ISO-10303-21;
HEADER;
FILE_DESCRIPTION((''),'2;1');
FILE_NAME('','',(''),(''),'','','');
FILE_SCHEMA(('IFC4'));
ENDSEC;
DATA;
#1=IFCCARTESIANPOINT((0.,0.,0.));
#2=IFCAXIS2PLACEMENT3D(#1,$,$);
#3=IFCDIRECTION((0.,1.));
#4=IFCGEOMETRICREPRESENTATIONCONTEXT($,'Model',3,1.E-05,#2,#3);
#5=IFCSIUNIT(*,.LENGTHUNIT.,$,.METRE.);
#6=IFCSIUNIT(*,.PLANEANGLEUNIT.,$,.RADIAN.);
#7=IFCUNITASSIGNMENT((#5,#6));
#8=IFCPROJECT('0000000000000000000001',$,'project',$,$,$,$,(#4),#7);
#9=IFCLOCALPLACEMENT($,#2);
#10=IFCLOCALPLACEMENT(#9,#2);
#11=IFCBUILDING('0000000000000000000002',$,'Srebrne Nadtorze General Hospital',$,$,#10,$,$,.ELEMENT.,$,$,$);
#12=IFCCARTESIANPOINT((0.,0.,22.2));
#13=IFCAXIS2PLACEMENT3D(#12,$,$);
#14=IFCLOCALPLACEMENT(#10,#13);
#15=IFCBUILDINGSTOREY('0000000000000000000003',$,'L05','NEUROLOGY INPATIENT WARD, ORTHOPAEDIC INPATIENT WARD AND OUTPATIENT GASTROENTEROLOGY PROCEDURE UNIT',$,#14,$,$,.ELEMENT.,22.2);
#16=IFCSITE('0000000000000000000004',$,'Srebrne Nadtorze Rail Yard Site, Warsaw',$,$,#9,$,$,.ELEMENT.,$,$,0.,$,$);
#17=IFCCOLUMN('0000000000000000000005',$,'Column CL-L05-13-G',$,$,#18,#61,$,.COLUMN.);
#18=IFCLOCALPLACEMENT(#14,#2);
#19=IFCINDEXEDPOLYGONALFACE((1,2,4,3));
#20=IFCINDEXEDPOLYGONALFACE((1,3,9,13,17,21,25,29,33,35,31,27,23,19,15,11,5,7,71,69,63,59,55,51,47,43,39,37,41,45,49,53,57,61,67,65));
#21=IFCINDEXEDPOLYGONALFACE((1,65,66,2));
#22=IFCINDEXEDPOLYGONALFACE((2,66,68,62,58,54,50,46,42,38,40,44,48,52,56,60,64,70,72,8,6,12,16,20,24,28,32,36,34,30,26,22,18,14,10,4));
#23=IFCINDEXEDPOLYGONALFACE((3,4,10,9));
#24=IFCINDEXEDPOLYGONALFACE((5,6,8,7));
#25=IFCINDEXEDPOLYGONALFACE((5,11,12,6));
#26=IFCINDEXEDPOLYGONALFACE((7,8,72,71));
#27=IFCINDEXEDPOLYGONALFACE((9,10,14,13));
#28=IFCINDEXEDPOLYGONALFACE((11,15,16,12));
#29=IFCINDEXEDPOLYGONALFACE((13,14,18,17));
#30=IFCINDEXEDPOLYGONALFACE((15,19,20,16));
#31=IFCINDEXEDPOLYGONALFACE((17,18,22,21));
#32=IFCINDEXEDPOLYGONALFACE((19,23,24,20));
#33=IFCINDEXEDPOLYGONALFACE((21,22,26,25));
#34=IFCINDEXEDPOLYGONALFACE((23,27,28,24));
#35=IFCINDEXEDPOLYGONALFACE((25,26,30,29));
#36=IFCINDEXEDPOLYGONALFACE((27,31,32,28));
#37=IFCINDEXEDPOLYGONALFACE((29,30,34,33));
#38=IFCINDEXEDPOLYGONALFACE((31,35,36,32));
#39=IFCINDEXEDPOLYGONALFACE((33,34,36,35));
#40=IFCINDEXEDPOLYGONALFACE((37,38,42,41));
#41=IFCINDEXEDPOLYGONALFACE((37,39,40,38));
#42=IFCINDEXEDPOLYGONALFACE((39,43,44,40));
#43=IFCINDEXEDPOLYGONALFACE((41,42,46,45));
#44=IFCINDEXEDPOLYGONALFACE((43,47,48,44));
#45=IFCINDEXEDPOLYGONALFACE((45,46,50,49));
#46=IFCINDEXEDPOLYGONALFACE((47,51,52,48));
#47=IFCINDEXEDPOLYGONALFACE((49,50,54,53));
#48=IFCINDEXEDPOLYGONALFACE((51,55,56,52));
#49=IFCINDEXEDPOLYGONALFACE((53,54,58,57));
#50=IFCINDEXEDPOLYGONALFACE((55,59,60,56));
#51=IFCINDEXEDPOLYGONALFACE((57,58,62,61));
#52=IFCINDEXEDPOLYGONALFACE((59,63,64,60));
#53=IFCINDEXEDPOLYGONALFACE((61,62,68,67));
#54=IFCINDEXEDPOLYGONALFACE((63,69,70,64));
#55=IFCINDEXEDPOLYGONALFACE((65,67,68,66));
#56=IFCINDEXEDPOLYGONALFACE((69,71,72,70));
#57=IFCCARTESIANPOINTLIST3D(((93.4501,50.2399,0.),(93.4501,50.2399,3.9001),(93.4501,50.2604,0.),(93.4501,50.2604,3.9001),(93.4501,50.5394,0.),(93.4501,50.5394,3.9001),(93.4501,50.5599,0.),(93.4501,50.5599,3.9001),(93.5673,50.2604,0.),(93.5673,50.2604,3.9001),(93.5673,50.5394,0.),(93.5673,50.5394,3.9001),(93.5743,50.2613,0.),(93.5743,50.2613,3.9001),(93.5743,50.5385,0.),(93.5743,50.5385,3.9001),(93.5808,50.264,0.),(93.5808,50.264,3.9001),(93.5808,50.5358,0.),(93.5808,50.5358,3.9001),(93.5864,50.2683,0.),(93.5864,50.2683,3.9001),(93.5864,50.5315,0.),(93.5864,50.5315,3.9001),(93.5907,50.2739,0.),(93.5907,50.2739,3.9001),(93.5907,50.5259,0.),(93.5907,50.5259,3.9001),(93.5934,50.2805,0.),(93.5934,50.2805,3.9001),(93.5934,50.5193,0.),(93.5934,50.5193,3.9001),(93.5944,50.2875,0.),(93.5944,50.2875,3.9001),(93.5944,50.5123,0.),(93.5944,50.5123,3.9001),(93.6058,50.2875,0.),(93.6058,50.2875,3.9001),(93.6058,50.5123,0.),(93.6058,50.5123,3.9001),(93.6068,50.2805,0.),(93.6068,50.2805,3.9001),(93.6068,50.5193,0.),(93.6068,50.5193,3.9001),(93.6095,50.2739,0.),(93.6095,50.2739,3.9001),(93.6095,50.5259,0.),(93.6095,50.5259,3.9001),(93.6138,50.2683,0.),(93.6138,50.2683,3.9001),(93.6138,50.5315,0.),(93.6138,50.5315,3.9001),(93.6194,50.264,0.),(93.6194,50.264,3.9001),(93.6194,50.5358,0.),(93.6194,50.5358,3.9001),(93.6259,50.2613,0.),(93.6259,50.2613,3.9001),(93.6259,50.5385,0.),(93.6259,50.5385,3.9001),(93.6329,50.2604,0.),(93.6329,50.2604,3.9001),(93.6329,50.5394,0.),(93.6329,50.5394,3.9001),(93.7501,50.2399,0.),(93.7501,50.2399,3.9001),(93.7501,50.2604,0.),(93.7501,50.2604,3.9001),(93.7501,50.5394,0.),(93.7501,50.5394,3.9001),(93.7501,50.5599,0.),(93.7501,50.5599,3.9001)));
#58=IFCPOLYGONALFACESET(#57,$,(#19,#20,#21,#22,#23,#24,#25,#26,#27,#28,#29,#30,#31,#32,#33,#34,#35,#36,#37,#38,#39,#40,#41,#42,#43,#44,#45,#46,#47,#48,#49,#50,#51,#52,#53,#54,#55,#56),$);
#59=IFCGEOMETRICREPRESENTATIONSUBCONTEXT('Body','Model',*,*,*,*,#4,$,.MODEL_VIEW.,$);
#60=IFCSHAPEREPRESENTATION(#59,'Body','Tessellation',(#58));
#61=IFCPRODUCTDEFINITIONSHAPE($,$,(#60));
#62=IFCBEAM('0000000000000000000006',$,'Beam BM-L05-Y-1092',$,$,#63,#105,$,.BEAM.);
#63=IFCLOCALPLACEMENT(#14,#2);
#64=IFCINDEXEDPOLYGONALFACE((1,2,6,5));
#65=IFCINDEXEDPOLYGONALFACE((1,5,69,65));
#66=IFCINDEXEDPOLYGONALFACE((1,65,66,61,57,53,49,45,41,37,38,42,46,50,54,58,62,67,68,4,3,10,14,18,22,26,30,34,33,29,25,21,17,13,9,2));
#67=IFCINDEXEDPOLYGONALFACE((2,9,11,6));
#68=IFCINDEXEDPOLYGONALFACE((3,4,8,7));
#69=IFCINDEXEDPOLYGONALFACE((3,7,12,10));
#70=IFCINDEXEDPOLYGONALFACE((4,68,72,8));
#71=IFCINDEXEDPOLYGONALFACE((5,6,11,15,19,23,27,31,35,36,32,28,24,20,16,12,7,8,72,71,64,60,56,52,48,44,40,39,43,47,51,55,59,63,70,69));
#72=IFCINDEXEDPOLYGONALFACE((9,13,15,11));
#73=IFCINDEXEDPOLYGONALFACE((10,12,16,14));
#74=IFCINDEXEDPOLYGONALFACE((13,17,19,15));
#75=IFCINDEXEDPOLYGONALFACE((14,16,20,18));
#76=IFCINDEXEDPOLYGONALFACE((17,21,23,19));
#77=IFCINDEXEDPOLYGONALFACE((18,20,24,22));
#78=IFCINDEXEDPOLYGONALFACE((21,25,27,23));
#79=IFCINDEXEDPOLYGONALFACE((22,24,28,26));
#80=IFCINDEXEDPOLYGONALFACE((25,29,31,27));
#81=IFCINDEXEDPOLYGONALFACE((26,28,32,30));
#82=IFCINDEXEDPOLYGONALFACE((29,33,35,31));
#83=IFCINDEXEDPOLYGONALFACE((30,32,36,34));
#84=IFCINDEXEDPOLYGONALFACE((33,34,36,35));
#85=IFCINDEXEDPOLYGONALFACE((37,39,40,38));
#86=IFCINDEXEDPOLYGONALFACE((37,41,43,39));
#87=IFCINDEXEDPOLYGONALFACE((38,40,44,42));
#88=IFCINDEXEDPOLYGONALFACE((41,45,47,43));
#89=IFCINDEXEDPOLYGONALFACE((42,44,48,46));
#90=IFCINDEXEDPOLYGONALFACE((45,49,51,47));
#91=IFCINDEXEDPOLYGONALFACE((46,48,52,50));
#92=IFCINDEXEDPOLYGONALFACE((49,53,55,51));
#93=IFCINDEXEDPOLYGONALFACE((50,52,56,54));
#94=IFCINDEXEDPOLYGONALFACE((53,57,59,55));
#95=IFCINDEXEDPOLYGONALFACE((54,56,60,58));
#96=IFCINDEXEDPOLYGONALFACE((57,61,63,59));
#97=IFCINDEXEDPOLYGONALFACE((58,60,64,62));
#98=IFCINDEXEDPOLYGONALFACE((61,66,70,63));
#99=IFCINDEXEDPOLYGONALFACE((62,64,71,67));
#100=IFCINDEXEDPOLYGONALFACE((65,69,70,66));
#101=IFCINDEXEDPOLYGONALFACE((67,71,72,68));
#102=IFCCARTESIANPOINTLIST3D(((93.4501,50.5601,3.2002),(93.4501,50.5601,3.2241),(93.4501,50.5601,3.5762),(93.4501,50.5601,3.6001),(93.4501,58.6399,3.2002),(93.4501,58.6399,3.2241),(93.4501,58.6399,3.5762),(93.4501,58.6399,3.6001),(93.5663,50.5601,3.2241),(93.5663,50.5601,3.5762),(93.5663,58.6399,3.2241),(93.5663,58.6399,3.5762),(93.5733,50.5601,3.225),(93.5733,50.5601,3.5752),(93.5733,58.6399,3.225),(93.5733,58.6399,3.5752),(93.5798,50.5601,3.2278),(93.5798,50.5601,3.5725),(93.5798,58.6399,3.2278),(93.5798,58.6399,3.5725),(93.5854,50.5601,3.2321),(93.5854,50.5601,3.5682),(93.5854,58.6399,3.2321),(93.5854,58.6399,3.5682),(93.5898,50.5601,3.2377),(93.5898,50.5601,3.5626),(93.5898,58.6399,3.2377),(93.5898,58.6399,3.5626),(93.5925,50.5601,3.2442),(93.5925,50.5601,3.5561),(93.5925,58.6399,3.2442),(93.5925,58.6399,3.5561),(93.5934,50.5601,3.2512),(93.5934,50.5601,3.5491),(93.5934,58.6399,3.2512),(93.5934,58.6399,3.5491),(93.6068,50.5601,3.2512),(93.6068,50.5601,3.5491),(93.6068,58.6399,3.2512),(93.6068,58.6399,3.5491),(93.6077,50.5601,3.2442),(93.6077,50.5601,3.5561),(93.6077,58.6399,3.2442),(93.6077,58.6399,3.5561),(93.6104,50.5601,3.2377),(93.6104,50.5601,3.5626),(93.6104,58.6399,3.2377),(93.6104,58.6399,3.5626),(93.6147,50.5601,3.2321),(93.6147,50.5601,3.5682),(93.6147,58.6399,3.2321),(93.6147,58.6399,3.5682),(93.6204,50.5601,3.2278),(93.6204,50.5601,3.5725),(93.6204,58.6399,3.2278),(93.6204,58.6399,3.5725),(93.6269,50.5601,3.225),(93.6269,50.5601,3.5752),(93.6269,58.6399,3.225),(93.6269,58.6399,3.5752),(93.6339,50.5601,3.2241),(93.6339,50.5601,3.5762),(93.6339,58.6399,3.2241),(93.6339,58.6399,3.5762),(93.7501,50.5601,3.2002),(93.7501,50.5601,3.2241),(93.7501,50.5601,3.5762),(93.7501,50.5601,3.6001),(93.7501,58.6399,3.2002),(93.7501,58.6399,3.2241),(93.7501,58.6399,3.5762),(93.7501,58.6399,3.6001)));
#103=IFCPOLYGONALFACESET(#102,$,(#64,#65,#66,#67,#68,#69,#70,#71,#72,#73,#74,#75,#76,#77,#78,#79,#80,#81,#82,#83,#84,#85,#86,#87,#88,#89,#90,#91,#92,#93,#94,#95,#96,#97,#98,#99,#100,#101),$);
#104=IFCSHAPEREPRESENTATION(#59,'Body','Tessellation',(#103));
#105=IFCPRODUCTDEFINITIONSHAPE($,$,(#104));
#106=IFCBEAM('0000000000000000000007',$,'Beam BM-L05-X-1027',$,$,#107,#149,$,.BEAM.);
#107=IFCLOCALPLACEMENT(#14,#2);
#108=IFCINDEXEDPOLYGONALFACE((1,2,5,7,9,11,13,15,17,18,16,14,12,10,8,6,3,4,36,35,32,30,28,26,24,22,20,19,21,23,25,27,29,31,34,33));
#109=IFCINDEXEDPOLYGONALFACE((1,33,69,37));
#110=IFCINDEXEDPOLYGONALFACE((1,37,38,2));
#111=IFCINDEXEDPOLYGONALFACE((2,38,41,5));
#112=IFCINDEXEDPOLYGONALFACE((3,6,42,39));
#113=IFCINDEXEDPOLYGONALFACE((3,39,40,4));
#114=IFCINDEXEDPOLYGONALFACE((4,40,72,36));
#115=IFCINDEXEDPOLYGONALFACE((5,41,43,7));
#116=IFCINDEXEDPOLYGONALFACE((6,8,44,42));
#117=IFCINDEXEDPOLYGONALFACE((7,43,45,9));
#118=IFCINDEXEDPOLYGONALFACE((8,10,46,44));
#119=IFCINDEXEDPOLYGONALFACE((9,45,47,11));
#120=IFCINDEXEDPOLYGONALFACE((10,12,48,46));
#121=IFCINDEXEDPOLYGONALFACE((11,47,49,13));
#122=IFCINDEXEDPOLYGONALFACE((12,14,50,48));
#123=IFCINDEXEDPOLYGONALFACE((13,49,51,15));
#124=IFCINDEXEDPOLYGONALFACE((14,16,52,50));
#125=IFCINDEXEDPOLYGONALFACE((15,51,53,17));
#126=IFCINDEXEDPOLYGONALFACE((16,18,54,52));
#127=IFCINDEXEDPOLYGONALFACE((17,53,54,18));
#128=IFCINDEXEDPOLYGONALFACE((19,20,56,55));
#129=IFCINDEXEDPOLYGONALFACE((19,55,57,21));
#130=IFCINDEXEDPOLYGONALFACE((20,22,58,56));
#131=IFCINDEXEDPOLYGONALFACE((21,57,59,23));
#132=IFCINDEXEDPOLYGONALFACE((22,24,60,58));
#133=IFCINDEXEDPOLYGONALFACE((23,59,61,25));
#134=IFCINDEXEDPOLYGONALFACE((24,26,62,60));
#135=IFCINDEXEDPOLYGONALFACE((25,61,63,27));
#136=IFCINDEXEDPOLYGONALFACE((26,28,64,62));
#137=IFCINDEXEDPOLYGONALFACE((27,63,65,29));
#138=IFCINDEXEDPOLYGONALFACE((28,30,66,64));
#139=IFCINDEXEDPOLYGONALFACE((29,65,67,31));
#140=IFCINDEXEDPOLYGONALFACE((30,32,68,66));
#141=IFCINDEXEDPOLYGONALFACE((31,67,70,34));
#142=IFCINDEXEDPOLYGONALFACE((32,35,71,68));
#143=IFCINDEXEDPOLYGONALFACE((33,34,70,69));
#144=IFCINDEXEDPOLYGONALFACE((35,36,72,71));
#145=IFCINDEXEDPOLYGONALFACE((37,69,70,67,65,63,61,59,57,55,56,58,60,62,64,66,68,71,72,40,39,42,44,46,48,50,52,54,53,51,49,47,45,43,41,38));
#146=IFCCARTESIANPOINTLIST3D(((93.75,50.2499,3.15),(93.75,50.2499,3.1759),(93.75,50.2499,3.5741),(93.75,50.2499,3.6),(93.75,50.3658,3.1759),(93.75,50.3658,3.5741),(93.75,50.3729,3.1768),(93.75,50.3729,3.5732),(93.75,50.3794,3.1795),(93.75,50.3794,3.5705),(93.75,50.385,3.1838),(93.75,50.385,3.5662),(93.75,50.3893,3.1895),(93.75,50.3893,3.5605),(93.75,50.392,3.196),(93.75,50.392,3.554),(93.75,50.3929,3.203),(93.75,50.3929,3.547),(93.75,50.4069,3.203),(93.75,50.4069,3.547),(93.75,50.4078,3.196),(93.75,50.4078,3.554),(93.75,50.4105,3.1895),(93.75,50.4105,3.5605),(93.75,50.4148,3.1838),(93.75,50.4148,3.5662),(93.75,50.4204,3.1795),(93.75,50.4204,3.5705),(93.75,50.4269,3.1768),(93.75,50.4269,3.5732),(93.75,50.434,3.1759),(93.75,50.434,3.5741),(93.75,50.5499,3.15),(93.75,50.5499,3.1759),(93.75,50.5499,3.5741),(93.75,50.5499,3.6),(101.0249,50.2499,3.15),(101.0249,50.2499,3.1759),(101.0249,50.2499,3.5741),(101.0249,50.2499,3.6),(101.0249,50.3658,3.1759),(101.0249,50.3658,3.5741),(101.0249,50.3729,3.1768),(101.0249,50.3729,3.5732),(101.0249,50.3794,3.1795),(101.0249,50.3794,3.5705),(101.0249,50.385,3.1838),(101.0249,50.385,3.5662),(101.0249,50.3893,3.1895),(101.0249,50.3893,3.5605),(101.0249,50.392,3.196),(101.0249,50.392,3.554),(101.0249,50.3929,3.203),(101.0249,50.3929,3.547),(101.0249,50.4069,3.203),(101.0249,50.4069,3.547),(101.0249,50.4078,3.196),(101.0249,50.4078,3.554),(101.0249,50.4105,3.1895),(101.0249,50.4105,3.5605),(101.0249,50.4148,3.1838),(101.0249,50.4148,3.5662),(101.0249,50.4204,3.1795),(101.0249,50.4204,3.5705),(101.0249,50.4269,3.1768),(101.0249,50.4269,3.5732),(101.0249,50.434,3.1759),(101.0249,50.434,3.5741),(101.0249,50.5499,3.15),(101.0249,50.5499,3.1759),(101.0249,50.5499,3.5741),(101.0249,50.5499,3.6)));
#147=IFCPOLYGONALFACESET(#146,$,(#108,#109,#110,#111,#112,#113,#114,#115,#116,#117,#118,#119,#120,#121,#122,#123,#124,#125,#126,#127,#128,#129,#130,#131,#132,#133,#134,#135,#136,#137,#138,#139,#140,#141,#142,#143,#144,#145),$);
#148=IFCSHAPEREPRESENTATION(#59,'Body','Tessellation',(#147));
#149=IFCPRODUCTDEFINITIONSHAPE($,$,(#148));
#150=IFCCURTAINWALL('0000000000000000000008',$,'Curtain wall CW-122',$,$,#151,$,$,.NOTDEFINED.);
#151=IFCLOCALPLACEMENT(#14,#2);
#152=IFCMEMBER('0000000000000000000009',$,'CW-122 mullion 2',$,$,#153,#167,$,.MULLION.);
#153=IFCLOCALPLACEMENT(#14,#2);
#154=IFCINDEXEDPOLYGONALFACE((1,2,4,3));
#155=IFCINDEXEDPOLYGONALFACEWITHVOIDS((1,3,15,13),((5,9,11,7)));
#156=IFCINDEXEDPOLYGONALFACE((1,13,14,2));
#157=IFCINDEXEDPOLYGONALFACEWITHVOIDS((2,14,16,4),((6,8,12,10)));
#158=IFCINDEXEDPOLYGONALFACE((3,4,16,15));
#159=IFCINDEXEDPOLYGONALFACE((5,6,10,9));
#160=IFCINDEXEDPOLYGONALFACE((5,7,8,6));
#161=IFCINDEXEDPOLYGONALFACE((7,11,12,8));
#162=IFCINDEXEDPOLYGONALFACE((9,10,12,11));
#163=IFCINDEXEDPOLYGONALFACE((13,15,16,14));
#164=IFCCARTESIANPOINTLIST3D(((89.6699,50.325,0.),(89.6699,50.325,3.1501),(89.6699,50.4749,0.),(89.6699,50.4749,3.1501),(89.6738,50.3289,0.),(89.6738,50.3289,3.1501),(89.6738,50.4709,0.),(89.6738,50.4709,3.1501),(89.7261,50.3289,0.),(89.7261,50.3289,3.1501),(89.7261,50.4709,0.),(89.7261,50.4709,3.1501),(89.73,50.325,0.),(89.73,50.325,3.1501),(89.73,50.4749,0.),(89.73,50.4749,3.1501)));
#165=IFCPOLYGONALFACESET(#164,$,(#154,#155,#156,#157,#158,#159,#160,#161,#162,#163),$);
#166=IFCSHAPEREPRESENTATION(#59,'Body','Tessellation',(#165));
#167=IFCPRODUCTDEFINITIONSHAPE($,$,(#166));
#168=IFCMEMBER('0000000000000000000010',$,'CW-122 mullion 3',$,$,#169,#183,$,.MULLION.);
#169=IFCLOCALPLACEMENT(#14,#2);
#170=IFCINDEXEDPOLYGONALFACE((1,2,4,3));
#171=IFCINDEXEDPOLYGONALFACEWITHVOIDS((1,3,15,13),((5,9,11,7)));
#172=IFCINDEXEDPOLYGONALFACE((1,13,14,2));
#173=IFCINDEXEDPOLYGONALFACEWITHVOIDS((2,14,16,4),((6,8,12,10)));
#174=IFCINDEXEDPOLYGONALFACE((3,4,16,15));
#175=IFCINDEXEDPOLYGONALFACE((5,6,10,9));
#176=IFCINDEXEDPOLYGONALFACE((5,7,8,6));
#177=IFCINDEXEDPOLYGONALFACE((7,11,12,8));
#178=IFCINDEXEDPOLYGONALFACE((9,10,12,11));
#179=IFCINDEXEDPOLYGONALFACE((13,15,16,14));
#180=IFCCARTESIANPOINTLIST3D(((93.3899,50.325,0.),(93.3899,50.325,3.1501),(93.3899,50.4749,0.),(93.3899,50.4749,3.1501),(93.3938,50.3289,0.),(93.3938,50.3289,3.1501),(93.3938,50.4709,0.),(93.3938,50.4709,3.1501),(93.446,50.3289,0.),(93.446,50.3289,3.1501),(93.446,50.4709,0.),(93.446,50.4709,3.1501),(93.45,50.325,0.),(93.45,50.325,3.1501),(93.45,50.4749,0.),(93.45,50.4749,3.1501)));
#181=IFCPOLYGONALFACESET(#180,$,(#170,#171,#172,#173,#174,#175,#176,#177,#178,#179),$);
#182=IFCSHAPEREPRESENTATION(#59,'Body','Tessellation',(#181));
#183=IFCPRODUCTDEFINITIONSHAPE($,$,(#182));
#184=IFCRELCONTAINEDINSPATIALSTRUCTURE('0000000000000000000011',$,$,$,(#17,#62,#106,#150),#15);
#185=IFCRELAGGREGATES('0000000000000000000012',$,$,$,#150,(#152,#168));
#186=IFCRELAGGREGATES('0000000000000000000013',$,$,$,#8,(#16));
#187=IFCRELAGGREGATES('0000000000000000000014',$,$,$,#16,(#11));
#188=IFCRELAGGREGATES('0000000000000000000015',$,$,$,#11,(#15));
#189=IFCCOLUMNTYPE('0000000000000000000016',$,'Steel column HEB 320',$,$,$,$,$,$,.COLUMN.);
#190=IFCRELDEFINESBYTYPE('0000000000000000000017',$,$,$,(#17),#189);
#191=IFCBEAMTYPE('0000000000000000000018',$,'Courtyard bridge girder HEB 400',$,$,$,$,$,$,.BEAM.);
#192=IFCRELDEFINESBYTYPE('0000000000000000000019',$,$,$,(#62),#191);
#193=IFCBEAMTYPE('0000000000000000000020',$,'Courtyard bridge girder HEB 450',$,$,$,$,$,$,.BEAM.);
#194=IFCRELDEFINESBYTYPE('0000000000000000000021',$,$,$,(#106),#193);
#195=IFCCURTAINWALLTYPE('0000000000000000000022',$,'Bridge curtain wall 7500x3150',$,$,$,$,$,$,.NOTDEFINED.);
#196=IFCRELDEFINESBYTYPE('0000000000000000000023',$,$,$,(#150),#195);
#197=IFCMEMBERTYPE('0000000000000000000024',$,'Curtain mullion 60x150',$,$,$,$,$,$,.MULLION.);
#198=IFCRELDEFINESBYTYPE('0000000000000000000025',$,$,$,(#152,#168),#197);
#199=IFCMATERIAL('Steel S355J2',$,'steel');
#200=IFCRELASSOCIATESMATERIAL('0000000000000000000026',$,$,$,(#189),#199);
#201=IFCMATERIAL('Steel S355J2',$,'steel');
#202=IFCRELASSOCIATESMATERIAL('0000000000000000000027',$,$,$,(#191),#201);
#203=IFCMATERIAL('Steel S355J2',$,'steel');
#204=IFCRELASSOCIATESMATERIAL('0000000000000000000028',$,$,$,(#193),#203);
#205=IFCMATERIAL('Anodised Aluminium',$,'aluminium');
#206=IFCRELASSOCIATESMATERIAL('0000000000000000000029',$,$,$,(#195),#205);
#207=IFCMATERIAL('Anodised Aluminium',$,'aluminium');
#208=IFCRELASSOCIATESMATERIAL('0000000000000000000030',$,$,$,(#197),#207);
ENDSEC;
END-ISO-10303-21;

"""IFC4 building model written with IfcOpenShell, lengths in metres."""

from ifc_helpers import new_model, si_unit, direction, frame, origin, origin_2d, place, context, subcontext, project, spatial, hollow_rectangle, i_section, extrude, material, material_profile, profile_set, type_object, element, aggregate, save


model = new_model("IFC4")

# Units and contexts
model_context = context("Model", 3, precision=1e-05, world=origin(), true_north=direction((0.0, 1.0)))
body_context = subcontext(model_context, "Body", "Model", "MODEL_VIEW")
ifc_project = project(units=[si_unit("LENGTHUNIT", "METRE"), si_unit("PLANEANGLEUNIT", "RADIAN")], contexts=[model_context])

# Site, building, storey
site_placement = place(None, origin())
site = spatial("IfcSite", under=ifc_project, at=site_placement, Name="Srebrne Nadtorze Rail Yard Site, Warsaw", CompositionType="ELEMENT", RefElevation=0.0)
building_placement = place(site_placement, origin())
building = spatial("IfcBuilding", under=site, at=building_placement, Name="Srebrne Nadtorze General Hospital", CompositionType="ELEMENT")
storey_placement = place(building_placement, frame((0.0, 0.0, 22.2)))
storey = spatial("IfcBuildingStorey", under=building, at=storey_placement, Name="L05", Description="NEUROLOGY INPATIENT WARD, ORTHOPAEDIC INPATIENT WARD AND OUTPATIENT GASTROENTEROLOGY PROCEDURE UNIT", CompositionType="ELEMENT", Elevation=22.2)

# Column
ifc_material_1 = material(Name="Steel S355J2", Category="steel")
ifc_material_profile_1 = material_profile(ifc_material_1, i_section(OverallWidth=0.3, OverallDepth=0.3201, WebThickness=0.0115, FlangeThickness=0.0205, FilletRadius=0.0271, at=origin_2d()), Name="HEB-320")
ifc_profile_set_1 = profile_set([ifc_material_profile_1], Name="Steel S355J2")
column_type = type_object("IfcColumnType", Name="Steel column HEB 320", PredefinedType="COLUMN", material=ifc_profile_set_1)
column_placement = place(storey_placement, frame((93.6001, 50.3999, 0.0), z_axis=(0.0, 0.0, 1.0), x_axis=(1.0, 0.0, 0.0)))
element("IfcColumn", 1, at=column_placement, inside=storey, type_object=column_type, Name="Column CL-L05-13-G", PredefinedType="COLUMN", context=body_context, shape_type="SweptSolid", body=[
    extrude(i_section(OverallWidth=0.3, OverallDepth=0.3201, WebThickness=0.0115, FlangeThickness=0.0205, FilletRadius=0.0271, at=origin_2d()), origin(), (0.0, 0.0, 1.0), 3.9001),
])

# Beams
ifc_material_2 = material(Name="Steel S355J2", Category="steel")
ifc_material_profile_2 = material_profile(ifc_material_2, i_section(OverallWidth=0.3, OverallDepth=0.3999, WebThickness=0.0134, FlangeThickness=0.0239, FilletRadius=0.0271, at=origin_2d()), Name="HEB-400")
ifc_profile_set_2 = profile_set([ifc_material_profile_2], Name="Steel S355J2")
beam_type_1 = type_object("IfcBeamType", Name="Courtyard bridge girder HEB 400", PredefinedType="BEAM", material=ifc_profile_set_2)
beam_1_placement = place(storey_placement, frame((93.6001, 50.5601, 3.4001), z_axis=(0.0, 1.0, 0.0), x_axis=(-1.0, 0.0, 0.0)))
element("IfcBeam", 2, at=beam_1_placement, inside=storey, type_object=beam_type_1, Name="Beam BM-L05-Y-1092", PredefinedType="BEAM", context=body_context, shape_type="SweptSolid", body=[
    extrude(i_section(OverallWidth=0.3, OverallDepth=0.3999, WebThickness=0.0134, FlangeThickness=0.0239, FilletRadius=0.0271, at=origin_2d()), origin(), (0.0, 0.0, 1.0), 8.0798),
])
ifc_material_3 = material(Name="Steel S355J2", Category="steel")
ifc_material_profile_3 = material_profile(ifc_material_3, i_section(OverallWidth=0.3, OverallDepth=0.45, WebThickness=0.0139, FlangeThickness=0.0259, FilletRadius=0.0271, at=origin_2d()), Name="HEB-450")
ifc_profile_set_3 = profile_set([ifc_material_profile_3], Name="Steel S355J2")
beam_type_2 = type_object("IfcBeamType", Name="Courtyard bridge girder HEB 450", PredefinedType="BEAM", material=ifc_profile_set_3)
beam_2_placement = place(storey_placement, frame((93.75, 50.3999, 3.375), z_axis=(1.0, 0.0, 0.0), x_axis=(0.0, 1.0, 0.0)))
element("IfcBeam", 3, at=beam_2_placement, inside=storey, type_object=beam_type_2, Name="Beam BM-L05-X-1027", PredefinedType="BEAM", context=body_context, shape_type="SweptSolid", body=[
    extrude(i_section(OverallWidth=0.3, OverallDepth=0.45, WebThickness=0.0139, FlangeThickness=0.0259, FilletRadius=0.0271, at=origin_2d()), origin(), (0.0, 0.0, 1.0), 7.2749),
])

# Curtain wall, members
ifc_material_4 = material(Name="Anodised Aluminium", Category="aluminium")
curtain_wall_type_1 = type_object("IfcCurtainWallType", Name="Bridge curtain wall 7500x3150", PredefinedType="NOTDEFINED", material=ifc_material_4)
curtain_wall_1_placement = place(storey_placement, origin())
curtain_wall_1 = element("IfcCurtainWall", 4, at=curtain_wall_1_placement, inside=storey, type_object=curtain_wall_type_1, Name="Curtain wall CW-122", PredefinedType="NOTDEFINED")
ifc_material_5 = material(Name="Anodised Aluminium", Category="aluminium")
ifc_material_profile_4 = material_profile(ifc_material_5, hollow_rectangle(XDim=0.0601, YDim=0.1499, WallThickness=0.0039, at=origin_2d()), Name="AL-MUL-60x150")
ifc_profile_set_4 = profile_set([ifc_material_profile_4], Name="Anodised Aluminium")
member_type_1 = type_object("IfcMemberType", Name="Curtain mullion 60x150", PredefinedType="MULLION", material=ifc_profile_set_4)
member_1_placement = place(storey_placement, frame((89.7, 50.3999, 0.0), z_axis=(0.0, 0.0, 1.0), x_axis=(1.0, 0.0, 0.0)))
member_1 = element("IfcMember", 5, at=member_1_placement, type_object=member_type_1, Name="CW-122 mullion 2", PredefinedType="MULLION", context=body_context, shape_type="SweptSolid", body=[
    extrude(hollow_rectangle(XDim=0.0601, YDim=0.1499, WallThickness=0.0039, at=origin_2d()), origin(), (0.0, 0.0, 1.0), 3.1501),
])
member_2_placement = place(storey_placement, frame((93.4199, 50.3999, 0.0), z_axis=(0.0, 0.0, 1.0), x_axis=(1.0, 0.0, 0.0)))
member_2 = element("IfcMember", 6, at=member_2_placement, type_object=member_type_1, Name="CW-122 mullion 3", PredefinedType="MULLION", context=body_context, shape_type="SweptSolid", body=[
    extrude(hollow_rectangle(XDim=0.0601, YDim=0.1499, WallThickness=0.0039, at=origin_2d()), origin(), (0.0, 0.0, 1.0), 3.1501),
])

aggregate(curtain_wall_1, [member_1, member_2])

save(model, "model.ifc")
